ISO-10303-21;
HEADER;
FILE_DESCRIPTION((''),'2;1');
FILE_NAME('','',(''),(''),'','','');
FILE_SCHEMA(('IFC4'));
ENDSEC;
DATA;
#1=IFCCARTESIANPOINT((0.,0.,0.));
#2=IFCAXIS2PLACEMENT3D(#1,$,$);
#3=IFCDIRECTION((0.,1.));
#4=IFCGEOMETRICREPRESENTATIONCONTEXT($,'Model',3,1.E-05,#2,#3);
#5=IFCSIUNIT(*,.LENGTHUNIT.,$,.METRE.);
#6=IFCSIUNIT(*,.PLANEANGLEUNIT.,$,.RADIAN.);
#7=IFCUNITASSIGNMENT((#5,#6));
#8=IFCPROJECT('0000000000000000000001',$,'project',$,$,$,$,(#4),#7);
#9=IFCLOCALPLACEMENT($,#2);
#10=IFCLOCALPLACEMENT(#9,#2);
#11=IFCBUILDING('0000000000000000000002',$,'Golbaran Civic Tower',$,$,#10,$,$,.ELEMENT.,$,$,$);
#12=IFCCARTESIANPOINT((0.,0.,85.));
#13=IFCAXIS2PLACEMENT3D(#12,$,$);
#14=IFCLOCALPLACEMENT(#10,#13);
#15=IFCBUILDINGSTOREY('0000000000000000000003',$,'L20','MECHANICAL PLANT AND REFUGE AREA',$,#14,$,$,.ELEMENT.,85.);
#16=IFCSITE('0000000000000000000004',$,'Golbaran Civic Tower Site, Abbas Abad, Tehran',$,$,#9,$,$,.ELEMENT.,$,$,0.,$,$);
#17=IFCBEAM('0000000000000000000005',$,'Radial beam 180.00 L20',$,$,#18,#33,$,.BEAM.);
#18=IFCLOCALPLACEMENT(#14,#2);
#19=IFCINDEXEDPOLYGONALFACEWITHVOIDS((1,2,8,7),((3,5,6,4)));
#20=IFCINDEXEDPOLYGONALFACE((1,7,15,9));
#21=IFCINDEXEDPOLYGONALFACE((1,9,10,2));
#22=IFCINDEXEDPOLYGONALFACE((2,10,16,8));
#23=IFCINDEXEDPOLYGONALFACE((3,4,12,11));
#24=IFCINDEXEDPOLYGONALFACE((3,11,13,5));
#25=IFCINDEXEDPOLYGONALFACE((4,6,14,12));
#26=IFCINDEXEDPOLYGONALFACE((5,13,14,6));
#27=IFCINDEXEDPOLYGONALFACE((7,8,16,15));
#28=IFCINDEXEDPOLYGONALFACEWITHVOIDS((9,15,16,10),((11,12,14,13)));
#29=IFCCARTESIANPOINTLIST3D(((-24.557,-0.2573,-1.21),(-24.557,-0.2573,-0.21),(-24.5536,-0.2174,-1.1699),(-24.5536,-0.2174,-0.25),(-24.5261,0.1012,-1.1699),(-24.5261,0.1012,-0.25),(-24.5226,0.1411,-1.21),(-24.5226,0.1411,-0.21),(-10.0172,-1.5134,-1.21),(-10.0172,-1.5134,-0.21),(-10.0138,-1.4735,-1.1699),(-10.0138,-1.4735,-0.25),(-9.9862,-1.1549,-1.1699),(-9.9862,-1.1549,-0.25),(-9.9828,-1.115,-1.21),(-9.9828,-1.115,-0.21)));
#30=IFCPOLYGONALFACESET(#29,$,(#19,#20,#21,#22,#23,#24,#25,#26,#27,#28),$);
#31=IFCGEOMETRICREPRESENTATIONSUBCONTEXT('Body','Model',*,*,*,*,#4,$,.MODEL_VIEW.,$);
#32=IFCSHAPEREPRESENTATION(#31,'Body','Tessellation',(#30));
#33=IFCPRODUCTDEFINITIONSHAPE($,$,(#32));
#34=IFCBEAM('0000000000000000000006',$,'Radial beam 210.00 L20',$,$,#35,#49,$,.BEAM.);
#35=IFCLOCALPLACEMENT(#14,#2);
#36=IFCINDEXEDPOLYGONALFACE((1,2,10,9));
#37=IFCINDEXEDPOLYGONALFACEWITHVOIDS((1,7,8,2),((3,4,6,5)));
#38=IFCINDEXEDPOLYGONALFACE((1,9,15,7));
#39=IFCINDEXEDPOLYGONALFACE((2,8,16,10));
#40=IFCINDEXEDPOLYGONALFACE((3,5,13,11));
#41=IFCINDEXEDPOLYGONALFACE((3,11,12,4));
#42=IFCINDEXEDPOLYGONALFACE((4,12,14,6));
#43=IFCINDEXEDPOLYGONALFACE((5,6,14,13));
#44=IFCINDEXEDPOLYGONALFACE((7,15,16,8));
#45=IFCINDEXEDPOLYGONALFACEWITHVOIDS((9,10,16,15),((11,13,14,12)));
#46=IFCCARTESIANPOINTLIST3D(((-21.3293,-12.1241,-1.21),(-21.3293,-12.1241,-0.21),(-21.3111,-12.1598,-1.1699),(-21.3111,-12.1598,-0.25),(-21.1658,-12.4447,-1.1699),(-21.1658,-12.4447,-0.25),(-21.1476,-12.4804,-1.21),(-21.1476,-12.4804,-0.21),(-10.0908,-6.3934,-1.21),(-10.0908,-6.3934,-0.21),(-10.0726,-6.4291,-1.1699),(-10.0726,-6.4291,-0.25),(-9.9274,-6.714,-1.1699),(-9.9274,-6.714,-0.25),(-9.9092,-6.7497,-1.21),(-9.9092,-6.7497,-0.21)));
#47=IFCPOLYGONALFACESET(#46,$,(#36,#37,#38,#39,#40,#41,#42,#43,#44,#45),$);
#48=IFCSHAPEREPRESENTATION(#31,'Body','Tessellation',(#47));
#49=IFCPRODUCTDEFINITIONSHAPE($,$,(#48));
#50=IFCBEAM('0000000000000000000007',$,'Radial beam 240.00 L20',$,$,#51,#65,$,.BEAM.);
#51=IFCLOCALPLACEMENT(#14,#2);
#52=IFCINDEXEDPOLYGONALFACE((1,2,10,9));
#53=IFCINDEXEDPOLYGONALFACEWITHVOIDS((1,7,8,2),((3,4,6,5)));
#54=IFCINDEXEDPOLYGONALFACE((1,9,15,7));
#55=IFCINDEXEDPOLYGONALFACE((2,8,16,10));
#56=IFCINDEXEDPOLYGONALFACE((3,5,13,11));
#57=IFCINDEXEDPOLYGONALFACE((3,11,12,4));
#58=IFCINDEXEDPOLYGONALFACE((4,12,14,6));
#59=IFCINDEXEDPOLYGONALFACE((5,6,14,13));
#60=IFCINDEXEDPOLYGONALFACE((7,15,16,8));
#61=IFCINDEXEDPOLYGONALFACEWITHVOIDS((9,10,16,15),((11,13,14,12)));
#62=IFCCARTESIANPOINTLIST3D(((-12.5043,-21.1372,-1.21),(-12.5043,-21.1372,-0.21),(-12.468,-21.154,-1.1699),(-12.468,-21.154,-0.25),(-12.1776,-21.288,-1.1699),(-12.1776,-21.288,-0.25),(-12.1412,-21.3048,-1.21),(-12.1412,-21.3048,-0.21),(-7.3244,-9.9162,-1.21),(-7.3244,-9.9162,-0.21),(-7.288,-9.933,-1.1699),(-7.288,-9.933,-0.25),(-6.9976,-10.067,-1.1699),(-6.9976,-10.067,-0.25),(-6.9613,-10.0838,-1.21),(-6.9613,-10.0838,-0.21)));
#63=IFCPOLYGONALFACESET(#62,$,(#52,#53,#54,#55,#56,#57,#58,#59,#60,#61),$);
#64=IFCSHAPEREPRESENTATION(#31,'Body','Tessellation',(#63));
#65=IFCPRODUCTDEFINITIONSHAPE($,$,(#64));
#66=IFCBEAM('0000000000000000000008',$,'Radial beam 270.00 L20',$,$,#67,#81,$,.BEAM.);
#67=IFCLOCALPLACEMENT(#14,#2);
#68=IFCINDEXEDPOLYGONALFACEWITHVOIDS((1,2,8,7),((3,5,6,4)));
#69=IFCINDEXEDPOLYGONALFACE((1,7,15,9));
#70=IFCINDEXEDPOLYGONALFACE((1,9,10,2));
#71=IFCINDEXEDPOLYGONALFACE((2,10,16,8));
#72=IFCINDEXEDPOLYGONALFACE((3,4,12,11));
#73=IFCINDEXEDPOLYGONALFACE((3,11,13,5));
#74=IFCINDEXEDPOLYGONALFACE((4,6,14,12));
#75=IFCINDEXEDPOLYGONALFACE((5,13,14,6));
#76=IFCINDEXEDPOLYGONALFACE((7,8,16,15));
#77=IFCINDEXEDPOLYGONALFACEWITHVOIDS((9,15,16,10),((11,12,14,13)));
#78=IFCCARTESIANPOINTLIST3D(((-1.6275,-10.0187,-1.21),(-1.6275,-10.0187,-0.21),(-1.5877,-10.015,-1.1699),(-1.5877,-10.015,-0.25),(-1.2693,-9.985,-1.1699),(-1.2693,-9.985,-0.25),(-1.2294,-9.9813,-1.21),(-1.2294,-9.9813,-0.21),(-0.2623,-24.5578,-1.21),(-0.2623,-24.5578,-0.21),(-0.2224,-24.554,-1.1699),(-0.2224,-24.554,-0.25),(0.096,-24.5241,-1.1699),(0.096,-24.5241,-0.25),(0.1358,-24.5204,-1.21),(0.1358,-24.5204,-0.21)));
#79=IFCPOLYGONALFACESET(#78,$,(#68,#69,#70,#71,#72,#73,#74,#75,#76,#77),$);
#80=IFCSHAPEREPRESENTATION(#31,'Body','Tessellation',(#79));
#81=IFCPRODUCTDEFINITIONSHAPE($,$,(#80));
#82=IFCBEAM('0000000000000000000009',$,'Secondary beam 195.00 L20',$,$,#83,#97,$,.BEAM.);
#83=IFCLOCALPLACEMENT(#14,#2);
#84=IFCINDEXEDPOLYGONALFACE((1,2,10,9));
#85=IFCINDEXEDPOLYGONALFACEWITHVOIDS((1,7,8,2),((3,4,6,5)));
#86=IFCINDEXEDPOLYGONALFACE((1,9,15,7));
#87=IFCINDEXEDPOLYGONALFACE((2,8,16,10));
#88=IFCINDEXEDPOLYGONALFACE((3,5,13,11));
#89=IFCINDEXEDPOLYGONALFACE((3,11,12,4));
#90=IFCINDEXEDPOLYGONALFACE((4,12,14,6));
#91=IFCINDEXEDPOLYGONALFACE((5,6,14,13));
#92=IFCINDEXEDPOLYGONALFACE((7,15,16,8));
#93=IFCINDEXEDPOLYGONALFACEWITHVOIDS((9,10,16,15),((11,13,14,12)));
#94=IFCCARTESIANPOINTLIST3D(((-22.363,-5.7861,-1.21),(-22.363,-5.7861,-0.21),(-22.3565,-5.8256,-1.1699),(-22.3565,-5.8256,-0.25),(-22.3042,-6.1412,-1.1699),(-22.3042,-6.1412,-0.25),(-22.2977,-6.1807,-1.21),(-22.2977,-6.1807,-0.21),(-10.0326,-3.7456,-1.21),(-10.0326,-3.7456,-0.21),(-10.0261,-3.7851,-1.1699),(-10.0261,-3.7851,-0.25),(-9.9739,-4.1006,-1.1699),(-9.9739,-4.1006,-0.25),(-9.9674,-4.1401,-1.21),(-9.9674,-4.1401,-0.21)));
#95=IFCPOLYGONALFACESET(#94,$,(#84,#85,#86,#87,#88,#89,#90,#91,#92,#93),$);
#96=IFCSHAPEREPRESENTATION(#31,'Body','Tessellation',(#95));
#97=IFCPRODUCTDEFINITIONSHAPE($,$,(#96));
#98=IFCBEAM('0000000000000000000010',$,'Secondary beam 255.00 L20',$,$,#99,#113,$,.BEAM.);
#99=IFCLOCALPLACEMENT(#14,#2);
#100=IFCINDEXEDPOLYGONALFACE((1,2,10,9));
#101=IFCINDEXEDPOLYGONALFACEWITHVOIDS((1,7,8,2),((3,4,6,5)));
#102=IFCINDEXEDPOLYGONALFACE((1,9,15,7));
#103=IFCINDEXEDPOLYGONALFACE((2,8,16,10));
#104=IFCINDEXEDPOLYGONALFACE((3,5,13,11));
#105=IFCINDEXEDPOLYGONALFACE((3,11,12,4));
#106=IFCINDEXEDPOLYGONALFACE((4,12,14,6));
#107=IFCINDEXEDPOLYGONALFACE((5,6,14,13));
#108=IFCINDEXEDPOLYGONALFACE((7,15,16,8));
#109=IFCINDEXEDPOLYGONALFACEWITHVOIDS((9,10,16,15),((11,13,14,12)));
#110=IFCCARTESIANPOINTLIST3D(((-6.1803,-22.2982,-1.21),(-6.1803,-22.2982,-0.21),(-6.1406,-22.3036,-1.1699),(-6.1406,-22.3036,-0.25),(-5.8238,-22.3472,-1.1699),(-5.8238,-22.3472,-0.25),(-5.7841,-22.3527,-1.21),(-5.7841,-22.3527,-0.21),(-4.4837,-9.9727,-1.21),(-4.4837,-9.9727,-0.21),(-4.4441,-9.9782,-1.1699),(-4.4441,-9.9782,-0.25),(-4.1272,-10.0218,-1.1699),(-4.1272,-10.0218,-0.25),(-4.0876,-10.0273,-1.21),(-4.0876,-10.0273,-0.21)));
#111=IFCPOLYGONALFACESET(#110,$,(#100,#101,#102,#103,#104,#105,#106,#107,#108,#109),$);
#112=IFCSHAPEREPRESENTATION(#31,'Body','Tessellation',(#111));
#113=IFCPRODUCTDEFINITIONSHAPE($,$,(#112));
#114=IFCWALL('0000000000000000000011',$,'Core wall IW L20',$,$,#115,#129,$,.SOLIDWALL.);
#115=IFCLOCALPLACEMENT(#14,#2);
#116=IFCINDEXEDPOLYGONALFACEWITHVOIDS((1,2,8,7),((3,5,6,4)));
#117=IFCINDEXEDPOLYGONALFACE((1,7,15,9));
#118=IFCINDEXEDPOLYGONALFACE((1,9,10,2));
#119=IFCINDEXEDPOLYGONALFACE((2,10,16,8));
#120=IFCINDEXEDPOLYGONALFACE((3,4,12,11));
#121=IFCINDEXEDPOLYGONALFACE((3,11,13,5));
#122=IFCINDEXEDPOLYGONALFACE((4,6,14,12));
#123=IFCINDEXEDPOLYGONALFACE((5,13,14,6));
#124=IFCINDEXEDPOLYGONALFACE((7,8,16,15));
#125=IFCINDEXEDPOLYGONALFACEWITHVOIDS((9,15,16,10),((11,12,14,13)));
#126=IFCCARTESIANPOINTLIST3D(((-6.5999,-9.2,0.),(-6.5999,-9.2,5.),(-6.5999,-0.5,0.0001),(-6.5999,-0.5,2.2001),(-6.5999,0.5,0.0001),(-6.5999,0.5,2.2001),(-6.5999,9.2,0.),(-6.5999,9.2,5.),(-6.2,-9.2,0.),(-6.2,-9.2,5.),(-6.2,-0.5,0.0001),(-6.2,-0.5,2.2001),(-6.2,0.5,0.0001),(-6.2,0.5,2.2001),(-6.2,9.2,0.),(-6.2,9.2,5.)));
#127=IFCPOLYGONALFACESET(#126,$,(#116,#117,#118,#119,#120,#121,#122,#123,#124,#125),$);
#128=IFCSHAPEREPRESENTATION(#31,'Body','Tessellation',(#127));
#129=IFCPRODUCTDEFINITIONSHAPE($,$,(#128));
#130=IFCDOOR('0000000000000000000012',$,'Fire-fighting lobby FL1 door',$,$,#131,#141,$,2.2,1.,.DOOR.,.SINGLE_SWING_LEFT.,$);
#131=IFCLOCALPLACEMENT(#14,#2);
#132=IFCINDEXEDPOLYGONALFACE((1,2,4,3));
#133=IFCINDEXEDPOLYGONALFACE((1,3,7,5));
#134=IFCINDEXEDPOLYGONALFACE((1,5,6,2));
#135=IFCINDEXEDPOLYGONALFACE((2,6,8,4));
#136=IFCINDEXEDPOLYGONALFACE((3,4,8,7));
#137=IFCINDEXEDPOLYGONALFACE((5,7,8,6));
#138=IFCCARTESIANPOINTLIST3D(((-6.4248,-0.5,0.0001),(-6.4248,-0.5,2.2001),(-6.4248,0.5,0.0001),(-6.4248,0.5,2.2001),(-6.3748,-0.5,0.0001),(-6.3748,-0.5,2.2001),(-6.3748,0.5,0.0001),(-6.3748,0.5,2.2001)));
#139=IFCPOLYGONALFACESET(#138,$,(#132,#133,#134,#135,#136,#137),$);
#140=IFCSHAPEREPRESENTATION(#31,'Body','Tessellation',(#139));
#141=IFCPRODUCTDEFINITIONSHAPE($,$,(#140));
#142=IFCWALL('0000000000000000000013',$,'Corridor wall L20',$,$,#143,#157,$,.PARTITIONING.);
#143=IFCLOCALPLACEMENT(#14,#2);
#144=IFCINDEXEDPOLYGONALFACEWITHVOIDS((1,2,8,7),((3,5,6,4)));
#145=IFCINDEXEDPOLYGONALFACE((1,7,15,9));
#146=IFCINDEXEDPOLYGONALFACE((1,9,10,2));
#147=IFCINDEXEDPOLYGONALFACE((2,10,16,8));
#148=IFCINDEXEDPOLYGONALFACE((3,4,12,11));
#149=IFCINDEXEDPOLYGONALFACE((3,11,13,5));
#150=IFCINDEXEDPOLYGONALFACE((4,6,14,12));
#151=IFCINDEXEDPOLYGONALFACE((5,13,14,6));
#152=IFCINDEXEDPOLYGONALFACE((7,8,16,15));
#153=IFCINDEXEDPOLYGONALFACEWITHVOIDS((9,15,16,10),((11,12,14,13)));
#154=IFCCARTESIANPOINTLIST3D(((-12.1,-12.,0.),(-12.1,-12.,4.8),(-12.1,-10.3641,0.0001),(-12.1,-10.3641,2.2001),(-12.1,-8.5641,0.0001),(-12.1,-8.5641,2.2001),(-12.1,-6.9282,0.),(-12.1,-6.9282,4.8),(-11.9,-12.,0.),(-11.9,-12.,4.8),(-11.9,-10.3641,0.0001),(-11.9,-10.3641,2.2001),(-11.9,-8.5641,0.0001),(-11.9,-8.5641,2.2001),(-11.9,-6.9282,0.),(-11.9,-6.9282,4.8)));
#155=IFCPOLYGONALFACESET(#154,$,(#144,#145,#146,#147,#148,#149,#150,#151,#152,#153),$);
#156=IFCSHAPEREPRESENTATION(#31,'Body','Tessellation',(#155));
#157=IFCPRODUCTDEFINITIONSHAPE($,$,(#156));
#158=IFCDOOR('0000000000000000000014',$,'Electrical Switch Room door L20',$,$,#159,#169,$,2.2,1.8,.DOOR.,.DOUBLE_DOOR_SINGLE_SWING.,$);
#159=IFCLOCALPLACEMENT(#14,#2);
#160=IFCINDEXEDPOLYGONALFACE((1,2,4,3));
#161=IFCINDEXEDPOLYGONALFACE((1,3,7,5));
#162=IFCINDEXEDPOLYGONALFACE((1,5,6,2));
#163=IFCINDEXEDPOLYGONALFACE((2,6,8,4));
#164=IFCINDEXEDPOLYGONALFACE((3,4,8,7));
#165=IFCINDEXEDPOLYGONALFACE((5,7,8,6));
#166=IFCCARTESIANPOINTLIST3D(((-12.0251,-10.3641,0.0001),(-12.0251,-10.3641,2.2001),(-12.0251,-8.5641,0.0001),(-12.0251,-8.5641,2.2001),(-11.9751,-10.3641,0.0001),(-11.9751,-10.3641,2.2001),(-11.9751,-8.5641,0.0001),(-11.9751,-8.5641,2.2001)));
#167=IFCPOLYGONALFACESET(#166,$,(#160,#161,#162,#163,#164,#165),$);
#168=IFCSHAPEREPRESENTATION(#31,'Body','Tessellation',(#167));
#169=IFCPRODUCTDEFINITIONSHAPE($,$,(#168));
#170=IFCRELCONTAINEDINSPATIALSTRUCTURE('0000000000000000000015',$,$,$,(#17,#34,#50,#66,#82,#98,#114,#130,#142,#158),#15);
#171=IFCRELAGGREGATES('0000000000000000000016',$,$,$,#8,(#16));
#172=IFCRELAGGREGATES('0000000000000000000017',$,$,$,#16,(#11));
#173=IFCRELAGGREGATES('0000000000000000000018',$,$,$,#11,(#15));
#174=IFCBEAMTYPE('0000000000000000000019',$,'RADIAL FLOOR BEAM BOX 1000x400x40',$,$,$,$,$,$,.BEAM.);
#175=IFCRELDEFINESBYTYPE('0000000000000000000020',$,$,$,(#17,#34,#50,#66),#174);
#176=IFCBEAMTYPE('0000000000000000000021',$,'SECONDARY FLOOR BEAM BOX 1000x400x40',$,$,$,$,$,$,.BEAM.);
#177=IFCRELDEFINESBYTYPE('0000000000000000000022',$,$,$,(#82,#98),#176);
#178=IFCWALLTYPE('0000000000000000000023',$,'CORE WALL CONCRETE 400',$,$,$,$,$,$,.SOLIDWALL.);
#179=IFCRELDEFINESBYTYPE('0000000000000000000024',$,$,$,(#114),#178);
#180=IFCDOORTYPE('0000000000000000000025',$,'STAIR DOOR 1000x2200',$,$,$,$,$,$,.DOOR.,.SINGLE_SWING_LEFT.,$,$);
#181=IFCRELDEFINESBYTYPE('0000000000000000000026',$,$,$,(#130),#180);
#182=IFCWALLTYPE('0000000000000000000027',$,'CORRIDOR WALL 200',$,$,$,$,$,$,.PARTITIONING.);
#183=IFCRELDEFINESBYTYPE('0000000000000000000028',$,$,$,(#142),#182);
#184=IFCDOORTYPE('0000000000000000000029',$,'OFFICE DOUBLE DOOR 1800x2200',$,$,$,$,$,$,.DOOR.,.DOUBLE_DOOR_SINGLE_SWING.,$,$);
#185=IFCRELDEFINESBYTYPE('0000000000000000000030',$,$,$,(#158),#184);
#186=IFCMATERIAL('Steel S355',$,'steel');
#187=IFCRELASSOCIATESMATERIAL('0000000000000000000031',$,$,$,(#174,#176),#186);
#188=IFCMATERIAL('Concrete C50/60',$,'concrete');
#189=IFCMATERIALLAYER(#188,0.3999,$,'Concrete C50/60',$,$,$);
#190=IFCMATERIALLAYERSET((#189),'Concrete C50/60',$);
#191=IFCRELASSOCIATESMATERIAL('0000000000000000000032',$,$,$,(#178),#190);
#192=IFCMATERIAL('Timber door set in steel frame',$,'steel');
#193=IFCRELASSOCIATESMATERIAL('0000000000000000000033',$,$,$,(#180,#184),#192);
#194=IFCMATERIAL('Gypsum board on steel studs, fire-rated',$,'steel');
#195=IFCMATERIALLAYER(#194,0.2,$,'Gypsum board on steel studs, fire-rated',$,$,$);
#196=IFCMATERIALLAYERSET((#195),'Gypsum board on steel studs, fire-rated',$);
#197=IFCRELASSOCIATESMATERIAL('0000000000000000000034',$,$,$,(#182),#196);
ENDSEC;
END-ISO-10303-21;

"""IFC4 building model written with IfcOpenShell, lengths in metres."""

from ifc_helpers import new_model, si_unit, direction, frame, frame_2d, origin, origin_2d, place, context, subcontext, project, spatial, rectangle, hollow_rectangle, extrude, material, layer, layer_set, material_profile, profile_set, type_object, element, fill, save


model = new_model("IFC4")

# Units and contexts
model_context = context("Model", 3, precision=1e-05, world=origin(), true_north=direction((0.0, 1.0)))
body_context = subcontext(model_context, "Body", "Model", "MODEL_VIEW")
ifc_project = project(units=[si_unit("LENGTHUNIT", "METRE"), si_unit("PLANEANGLEUNIT", "RADIAN")], contexts=[model_context])

# Site, building, storey
site_placement = place(None, origin())
site = spatial("IfcSite", under=ifc_project, at=site_placement, Name="Golbaran Civic Tower Site, Abbas Abad, Tehran", CompositionType="ELEMENT", RefElevation=0.0)
building_placement = place(site_placement, origin())
building = spatial("IfcBuilding", under=site, at=building_placement, Name="Golbaran Civic Tower", CompositionType="ELEMENT")
storey_placement = place(building_placement, frame((0.0, 0.0, 85.0)))
storey = spatial("IfcBuildingStorey", under=building, at=storey_placement, Name="L20", Description="MECHANICAL PLANT AND REFUGE AREA", CompositionType="ELEMENT", Elevation=85.0)

# Beams
ifc_material_1 = material(Name="Steel S355", Category="steel")
ifc_material_profile_1 = material_profile(ifc_material_1, hollow_rectangle(XDim=0.3999, YDim=1.0, WallThickness=0.04, at=origin_2d()), Name="BOX 1000x400x40")
ifc_profile_set_1 = profile_set([ifc_material_profile_1], Name="Steel S355")
beam_type_1 = type_object("IfcBeamType", Name="RADIAL FLOOR BEAM BOX 1000x400x40", PredefinedType="BEAM", material=ifc_profile_set_1)
beam_1_placement = place(storey_placement, frame((-10.0, -1.3142, -0.71), z_axis=(-0.996289, 0.08607, 0.0), x_axis=(-0.08607, -0.996289, 0.0)))
element("IfcBeam", 1, at=beam_1_placement, inside=storey, type_object=beam_type_1, Name="Radial beam 180.00 L20", PredefinedType="BEAM", context=body_context, shape_type="SweptSolid", body=[
    extrude(hollow_rectangle(XDim=0.3999, YDim=1.0, WallThickness=0.04, at=origin_2d()), origin(), (0.0, 0.0, 1.0), 14.594),
])
beam_2_placement = place(storey_placement, frame((-10.0, -6.5715, -0.71), z_axis=(-0.890865, -0.454267, 0.0), x_axis=(0.454267, -0.890865, 0.0)))
element("IfcBeam", 2, at=beam_2_placement, inside=storey, type_object=beam_type_1, Name="Radial beam 210.00 L20", PredefinedType="BEAM", context=body_context, shape_type="SweptSolid", body=[
    extrude(hollow_rectangle(XDim=0.3999, YDim=1.0, WallThickness=0.04, at=origin_2d()), origin(), (0.0, 0.0, 1.0), 12.6152),
])
beam_3_placement = place(storey_placement, frame((-7.1428, -10.0, -0.71), z_axis=(-0.419127, -0.907928, 0.0), x_axis=(0.907928, -0.419127, 0.0)))
element("IfcBeam", 3, at=beam_3_placement, inside=storey, type_object=beam_type_1, Name="Radial beam 240.00 L20", PredefinedType="BEAM", context=body_context, shape_type="SweptSolid", body=[
    extrude(hollow_rectangle(XDim=0.3999, YDim=1.0, WallThickness=0.04, at=origin_2d()), origin(), (0.0, 0.0, 1.0), 12.3589),
])
beam_4_placement = place(storey_placement, frame((-1.4285, -10.0, -0.71), z_axis=(0.09349, -0.99562, 0.0), x_axis=(0.99562, 0.09349, 0.0)))
element("IfcBeam", 4, at=beam_4_placement, inside=storey, type_object=beam_type_1, Name="Radial beam 270.00 L20", PredefinedType="BEAM", context=body_context, shape_type="SweptSolid", body=[
    extrude(hollow_rectangle(XDim=0.3999, YDim=1.0, WallThickness=0.04, at=origin_2d()), origin(), (0.0, 0.0, 1.0), 14.603),
])
ifc_material_profile_2 = material_profile(ifc_material_1, hollow_rectangle(XDim=0.3999, YDim=1.0, WallThickness=0.04, at=origin_2d()), Name="BOX 1000x400x40")
ifc_profile_set_2 = profile_set([ifc_material_profile_2], Name="Steel S355")
beam_type_2 = type_object("IfcBeamType", Name="SECONDARY FLOOR BEAM BOX 1000x400x40", PredefinedType="BEAM", material=ifc_profile_set_2)
beam_5_placement = place(storey_placement, frame((-10.0, -3.9429, -0.71), z_axis=(-0.986582, -0.163268, 0.0), x_axis=(0.163268, -0.986582, 0.0)))
element("IfcBeam", 5, at=beam_5_placement, inside=storey, type_object=beam_type_2, Name="Secondary beam 195.00 L20", PredefinedType="BEAM", context=body_context, shape_type="SweptSolid", body=[
    extrude(hollow_rectangle(XDim=0.3999, YDim=1.0, WallThickness=0.04, at=origin_2d()), origin(), (0.0, 0.0, 1.0), 12.498),
])
beam_6_placement = place(storey_placement, frame((-4.2856, -10.0, -0.71), z_axis=(-0.136359, -0.990659, 0.0), x_axis=(0.990659, -0.136359, 0.0)))
element("IfcBeam", 6, at=beam_6_placement, inside=storey, type_object=beam_type_2, Name="Secondary beam 255.00 L20", PredefinedType="BEAM", context=body_context, shape_type="SweptSolid", body=[
    extrude(hollow_rectangle(XDim=0.3999, YDim=1.0, WallThickness=0.04, at=origin_2d()), origin(), (0.0, 0.0, 1.0), 12.4417),
])

# Walls, openings, doors
ifc_material_2 = material(Name="Concrete C50/60", Category="concrete")
ifc_layer_1 = layer(ifc_material_2, 0.3999, Name="Concrete C50/60")
ifc_layer_set_1 = layer_set([ifc_layer_1], Name="Concrete C50/60")
wall_type_1 = type_object("IfcWallType", Name="CORE WALL CONCRETE 400", PredefinedType="SOLIDWALL", material=ifc_layer_set_1)
wall_1_placement = place(storey_placement, frame((-6.3999, -9.2, 0.0), z_axis=(0.0, 0.0, 1.0), x_axis=(0.0, 1.0, 0.0)))
wall_1 = element("IfcWall", 7, at=wall_1_placement, inside=storey, type_object=wall_type_1, Name="Core wall IW L20", PredefinedType="SOLIDWALL", context=body_context, shape_type="SweptSolid", body=[
    extrude(rectangle(XDim=18.3999, YDim=0.3999, at=frame_2d((9.2, 0.0))), origin(), (0.0, 0.0, 1.0), 5.0),
])
opening_1_placement = place(wall_1_placement, frame((8.7, 0.0, 0.0)))
opening_1 = element("IfcOpeningElement", 8, at=opening_1_placement, cuts=wall_1, PredefinedType="OPENING", context=body_context, shape_type="SweptSolid", body=[
    extrude(rectangle(XDim=1.0, YDim=2.2, at=frame_2d((0.5, 1.1001))), frame((0.0, 0.21, 0.0), z_axis=(0.0, -1.0, 0.0), x_axis=(1.0, 0.0, 0.0)), (0.0, 0.0, 1.0), 0.4199),
])
ifc_material_3 = material(Name="Timber door set in steel frame", Category="steel")
door_type_1 = type_object("IfcDoorType", Name="STAIR DOOR 1000x2200", OperationType="SINGLE_SWING_LEFT", PredefinedType="DOOR", material=ifc_material_3)
door_1_placement = place(opening_1_placement, origin())
door_1 = element("IfcDoor", 9, at=door_1_placement, inside=storey, type_object=door_type_1, Name="Fire-fighting lobby FL1 door", OperationType="SINGLE_SWING_LEFT", OverallHeight=2.2, OverallWidth=1.0, PredefinedType="DOOR", context=body_context, shape_type="SweptSolid", body=[
    extrude(rectangle(XDim=1.0, YDim=2.2, at=frame_2d((0.5, 1.1001))), frame((0.0, 0.0249, 0.0), z_axis=(0.0, -1.0, 0.0), x_axis=(1.0, 0.0, 0.0)), (0.0, 0.0, 1.0), 0.05),
])
fill(opening_1, door_1)
ifc_material_4 = material(Name="Gypsum board on steel studs, fire-rated", Category="steel")
ifc_layer_2 = layer(ifc_material_4, 0.2, Name="Gypsum board on steel studs, fire-rated")
ifc_layer_set_2 = layer_set([ifc_layer_2], Name="Gypsum board on steel studs, fire-rated")
wall_type_2 = type_object("IfcWallType", Name="CORRIDOR WALL 200", PredefinedType="PARTITIONING", material=ifc_layer_set_2)
wall_2_placement = place(storey_placement, frame((-12.0, -6.9282, 0.0), z_axis=(0.0, 0.0, 1.0), x_axis=(0.0, -1.0, 0.0)))
wall_2 = element("IfcWall", 10, at=wall_2_placement, inside=storey, type_object=wall_type_2, Name="Corridor wall L20", PredefinedType="PARTITIONING", context=body_context, shape_type="SweptSolid", body=[
    extrude(rectangle(XDim=5.0718, YDim=0.2, at=frame_2d((2.5359, 0.0))), origin(), (0.0, 0.0, 1.0), 4.8),
])
opening_2_placement = place(wall_2_placement, frame((1.636, 0.0, 0.0)))
opening_2 = element("IfcOpeningElement", 11, at=opening_2_placement, cuts=wall_2, PredefinedType="OPENING", context=body_context, shape_type="SweptSolid", body=[
    extrude(rectangle(XDim=1.8, YDim=2.2, at=frame_2d((0.8999, 1.1001))), frame((0.0, 0.1099, 0.0), z_axis=(0.0, -1.0, 0.0), x_axis=(1.0, 0.0, 0.0)), (0.0, 0.0, 1.0), 0.22),
])
door_type_2 = type_object("IfcDoorType", Name="OFFICE DOUBLE DOOR 1800x2200", OperationType="DOUBLE_DOOR_SINGLE_SWING", PredefinedType="DOOR", material=ifc_material_3)
door_2_placement = place(opening_2_placement, origin())
door_2 = element("IfcDoor", 12, at=door_2_placement, inside=storey, type_object=door_type_2, Name="Electrical Switch Room door L20", OperationType="DOUBLE_DOOR_SINGLE_SWING", OverallHeight=2.2, OverallWidth=1.8, PredefinedType="DOOR", context=body_context, shape_type="SweptSolid", body=[
    extrude(rectangle(XDim=1.8, YDim=2.2, at=frame_2d((0.8999, 1.1001))), frame((0.0, 0.0249, 0.0), z_axis=(0.0, -1.0, 0.0), x_axis=(1.0, 0.0, 0.0)), (0.0, 0.0, 1.0), 0.05),
])
fill(opening_2, door_2)

save(model, "model.ifc")
